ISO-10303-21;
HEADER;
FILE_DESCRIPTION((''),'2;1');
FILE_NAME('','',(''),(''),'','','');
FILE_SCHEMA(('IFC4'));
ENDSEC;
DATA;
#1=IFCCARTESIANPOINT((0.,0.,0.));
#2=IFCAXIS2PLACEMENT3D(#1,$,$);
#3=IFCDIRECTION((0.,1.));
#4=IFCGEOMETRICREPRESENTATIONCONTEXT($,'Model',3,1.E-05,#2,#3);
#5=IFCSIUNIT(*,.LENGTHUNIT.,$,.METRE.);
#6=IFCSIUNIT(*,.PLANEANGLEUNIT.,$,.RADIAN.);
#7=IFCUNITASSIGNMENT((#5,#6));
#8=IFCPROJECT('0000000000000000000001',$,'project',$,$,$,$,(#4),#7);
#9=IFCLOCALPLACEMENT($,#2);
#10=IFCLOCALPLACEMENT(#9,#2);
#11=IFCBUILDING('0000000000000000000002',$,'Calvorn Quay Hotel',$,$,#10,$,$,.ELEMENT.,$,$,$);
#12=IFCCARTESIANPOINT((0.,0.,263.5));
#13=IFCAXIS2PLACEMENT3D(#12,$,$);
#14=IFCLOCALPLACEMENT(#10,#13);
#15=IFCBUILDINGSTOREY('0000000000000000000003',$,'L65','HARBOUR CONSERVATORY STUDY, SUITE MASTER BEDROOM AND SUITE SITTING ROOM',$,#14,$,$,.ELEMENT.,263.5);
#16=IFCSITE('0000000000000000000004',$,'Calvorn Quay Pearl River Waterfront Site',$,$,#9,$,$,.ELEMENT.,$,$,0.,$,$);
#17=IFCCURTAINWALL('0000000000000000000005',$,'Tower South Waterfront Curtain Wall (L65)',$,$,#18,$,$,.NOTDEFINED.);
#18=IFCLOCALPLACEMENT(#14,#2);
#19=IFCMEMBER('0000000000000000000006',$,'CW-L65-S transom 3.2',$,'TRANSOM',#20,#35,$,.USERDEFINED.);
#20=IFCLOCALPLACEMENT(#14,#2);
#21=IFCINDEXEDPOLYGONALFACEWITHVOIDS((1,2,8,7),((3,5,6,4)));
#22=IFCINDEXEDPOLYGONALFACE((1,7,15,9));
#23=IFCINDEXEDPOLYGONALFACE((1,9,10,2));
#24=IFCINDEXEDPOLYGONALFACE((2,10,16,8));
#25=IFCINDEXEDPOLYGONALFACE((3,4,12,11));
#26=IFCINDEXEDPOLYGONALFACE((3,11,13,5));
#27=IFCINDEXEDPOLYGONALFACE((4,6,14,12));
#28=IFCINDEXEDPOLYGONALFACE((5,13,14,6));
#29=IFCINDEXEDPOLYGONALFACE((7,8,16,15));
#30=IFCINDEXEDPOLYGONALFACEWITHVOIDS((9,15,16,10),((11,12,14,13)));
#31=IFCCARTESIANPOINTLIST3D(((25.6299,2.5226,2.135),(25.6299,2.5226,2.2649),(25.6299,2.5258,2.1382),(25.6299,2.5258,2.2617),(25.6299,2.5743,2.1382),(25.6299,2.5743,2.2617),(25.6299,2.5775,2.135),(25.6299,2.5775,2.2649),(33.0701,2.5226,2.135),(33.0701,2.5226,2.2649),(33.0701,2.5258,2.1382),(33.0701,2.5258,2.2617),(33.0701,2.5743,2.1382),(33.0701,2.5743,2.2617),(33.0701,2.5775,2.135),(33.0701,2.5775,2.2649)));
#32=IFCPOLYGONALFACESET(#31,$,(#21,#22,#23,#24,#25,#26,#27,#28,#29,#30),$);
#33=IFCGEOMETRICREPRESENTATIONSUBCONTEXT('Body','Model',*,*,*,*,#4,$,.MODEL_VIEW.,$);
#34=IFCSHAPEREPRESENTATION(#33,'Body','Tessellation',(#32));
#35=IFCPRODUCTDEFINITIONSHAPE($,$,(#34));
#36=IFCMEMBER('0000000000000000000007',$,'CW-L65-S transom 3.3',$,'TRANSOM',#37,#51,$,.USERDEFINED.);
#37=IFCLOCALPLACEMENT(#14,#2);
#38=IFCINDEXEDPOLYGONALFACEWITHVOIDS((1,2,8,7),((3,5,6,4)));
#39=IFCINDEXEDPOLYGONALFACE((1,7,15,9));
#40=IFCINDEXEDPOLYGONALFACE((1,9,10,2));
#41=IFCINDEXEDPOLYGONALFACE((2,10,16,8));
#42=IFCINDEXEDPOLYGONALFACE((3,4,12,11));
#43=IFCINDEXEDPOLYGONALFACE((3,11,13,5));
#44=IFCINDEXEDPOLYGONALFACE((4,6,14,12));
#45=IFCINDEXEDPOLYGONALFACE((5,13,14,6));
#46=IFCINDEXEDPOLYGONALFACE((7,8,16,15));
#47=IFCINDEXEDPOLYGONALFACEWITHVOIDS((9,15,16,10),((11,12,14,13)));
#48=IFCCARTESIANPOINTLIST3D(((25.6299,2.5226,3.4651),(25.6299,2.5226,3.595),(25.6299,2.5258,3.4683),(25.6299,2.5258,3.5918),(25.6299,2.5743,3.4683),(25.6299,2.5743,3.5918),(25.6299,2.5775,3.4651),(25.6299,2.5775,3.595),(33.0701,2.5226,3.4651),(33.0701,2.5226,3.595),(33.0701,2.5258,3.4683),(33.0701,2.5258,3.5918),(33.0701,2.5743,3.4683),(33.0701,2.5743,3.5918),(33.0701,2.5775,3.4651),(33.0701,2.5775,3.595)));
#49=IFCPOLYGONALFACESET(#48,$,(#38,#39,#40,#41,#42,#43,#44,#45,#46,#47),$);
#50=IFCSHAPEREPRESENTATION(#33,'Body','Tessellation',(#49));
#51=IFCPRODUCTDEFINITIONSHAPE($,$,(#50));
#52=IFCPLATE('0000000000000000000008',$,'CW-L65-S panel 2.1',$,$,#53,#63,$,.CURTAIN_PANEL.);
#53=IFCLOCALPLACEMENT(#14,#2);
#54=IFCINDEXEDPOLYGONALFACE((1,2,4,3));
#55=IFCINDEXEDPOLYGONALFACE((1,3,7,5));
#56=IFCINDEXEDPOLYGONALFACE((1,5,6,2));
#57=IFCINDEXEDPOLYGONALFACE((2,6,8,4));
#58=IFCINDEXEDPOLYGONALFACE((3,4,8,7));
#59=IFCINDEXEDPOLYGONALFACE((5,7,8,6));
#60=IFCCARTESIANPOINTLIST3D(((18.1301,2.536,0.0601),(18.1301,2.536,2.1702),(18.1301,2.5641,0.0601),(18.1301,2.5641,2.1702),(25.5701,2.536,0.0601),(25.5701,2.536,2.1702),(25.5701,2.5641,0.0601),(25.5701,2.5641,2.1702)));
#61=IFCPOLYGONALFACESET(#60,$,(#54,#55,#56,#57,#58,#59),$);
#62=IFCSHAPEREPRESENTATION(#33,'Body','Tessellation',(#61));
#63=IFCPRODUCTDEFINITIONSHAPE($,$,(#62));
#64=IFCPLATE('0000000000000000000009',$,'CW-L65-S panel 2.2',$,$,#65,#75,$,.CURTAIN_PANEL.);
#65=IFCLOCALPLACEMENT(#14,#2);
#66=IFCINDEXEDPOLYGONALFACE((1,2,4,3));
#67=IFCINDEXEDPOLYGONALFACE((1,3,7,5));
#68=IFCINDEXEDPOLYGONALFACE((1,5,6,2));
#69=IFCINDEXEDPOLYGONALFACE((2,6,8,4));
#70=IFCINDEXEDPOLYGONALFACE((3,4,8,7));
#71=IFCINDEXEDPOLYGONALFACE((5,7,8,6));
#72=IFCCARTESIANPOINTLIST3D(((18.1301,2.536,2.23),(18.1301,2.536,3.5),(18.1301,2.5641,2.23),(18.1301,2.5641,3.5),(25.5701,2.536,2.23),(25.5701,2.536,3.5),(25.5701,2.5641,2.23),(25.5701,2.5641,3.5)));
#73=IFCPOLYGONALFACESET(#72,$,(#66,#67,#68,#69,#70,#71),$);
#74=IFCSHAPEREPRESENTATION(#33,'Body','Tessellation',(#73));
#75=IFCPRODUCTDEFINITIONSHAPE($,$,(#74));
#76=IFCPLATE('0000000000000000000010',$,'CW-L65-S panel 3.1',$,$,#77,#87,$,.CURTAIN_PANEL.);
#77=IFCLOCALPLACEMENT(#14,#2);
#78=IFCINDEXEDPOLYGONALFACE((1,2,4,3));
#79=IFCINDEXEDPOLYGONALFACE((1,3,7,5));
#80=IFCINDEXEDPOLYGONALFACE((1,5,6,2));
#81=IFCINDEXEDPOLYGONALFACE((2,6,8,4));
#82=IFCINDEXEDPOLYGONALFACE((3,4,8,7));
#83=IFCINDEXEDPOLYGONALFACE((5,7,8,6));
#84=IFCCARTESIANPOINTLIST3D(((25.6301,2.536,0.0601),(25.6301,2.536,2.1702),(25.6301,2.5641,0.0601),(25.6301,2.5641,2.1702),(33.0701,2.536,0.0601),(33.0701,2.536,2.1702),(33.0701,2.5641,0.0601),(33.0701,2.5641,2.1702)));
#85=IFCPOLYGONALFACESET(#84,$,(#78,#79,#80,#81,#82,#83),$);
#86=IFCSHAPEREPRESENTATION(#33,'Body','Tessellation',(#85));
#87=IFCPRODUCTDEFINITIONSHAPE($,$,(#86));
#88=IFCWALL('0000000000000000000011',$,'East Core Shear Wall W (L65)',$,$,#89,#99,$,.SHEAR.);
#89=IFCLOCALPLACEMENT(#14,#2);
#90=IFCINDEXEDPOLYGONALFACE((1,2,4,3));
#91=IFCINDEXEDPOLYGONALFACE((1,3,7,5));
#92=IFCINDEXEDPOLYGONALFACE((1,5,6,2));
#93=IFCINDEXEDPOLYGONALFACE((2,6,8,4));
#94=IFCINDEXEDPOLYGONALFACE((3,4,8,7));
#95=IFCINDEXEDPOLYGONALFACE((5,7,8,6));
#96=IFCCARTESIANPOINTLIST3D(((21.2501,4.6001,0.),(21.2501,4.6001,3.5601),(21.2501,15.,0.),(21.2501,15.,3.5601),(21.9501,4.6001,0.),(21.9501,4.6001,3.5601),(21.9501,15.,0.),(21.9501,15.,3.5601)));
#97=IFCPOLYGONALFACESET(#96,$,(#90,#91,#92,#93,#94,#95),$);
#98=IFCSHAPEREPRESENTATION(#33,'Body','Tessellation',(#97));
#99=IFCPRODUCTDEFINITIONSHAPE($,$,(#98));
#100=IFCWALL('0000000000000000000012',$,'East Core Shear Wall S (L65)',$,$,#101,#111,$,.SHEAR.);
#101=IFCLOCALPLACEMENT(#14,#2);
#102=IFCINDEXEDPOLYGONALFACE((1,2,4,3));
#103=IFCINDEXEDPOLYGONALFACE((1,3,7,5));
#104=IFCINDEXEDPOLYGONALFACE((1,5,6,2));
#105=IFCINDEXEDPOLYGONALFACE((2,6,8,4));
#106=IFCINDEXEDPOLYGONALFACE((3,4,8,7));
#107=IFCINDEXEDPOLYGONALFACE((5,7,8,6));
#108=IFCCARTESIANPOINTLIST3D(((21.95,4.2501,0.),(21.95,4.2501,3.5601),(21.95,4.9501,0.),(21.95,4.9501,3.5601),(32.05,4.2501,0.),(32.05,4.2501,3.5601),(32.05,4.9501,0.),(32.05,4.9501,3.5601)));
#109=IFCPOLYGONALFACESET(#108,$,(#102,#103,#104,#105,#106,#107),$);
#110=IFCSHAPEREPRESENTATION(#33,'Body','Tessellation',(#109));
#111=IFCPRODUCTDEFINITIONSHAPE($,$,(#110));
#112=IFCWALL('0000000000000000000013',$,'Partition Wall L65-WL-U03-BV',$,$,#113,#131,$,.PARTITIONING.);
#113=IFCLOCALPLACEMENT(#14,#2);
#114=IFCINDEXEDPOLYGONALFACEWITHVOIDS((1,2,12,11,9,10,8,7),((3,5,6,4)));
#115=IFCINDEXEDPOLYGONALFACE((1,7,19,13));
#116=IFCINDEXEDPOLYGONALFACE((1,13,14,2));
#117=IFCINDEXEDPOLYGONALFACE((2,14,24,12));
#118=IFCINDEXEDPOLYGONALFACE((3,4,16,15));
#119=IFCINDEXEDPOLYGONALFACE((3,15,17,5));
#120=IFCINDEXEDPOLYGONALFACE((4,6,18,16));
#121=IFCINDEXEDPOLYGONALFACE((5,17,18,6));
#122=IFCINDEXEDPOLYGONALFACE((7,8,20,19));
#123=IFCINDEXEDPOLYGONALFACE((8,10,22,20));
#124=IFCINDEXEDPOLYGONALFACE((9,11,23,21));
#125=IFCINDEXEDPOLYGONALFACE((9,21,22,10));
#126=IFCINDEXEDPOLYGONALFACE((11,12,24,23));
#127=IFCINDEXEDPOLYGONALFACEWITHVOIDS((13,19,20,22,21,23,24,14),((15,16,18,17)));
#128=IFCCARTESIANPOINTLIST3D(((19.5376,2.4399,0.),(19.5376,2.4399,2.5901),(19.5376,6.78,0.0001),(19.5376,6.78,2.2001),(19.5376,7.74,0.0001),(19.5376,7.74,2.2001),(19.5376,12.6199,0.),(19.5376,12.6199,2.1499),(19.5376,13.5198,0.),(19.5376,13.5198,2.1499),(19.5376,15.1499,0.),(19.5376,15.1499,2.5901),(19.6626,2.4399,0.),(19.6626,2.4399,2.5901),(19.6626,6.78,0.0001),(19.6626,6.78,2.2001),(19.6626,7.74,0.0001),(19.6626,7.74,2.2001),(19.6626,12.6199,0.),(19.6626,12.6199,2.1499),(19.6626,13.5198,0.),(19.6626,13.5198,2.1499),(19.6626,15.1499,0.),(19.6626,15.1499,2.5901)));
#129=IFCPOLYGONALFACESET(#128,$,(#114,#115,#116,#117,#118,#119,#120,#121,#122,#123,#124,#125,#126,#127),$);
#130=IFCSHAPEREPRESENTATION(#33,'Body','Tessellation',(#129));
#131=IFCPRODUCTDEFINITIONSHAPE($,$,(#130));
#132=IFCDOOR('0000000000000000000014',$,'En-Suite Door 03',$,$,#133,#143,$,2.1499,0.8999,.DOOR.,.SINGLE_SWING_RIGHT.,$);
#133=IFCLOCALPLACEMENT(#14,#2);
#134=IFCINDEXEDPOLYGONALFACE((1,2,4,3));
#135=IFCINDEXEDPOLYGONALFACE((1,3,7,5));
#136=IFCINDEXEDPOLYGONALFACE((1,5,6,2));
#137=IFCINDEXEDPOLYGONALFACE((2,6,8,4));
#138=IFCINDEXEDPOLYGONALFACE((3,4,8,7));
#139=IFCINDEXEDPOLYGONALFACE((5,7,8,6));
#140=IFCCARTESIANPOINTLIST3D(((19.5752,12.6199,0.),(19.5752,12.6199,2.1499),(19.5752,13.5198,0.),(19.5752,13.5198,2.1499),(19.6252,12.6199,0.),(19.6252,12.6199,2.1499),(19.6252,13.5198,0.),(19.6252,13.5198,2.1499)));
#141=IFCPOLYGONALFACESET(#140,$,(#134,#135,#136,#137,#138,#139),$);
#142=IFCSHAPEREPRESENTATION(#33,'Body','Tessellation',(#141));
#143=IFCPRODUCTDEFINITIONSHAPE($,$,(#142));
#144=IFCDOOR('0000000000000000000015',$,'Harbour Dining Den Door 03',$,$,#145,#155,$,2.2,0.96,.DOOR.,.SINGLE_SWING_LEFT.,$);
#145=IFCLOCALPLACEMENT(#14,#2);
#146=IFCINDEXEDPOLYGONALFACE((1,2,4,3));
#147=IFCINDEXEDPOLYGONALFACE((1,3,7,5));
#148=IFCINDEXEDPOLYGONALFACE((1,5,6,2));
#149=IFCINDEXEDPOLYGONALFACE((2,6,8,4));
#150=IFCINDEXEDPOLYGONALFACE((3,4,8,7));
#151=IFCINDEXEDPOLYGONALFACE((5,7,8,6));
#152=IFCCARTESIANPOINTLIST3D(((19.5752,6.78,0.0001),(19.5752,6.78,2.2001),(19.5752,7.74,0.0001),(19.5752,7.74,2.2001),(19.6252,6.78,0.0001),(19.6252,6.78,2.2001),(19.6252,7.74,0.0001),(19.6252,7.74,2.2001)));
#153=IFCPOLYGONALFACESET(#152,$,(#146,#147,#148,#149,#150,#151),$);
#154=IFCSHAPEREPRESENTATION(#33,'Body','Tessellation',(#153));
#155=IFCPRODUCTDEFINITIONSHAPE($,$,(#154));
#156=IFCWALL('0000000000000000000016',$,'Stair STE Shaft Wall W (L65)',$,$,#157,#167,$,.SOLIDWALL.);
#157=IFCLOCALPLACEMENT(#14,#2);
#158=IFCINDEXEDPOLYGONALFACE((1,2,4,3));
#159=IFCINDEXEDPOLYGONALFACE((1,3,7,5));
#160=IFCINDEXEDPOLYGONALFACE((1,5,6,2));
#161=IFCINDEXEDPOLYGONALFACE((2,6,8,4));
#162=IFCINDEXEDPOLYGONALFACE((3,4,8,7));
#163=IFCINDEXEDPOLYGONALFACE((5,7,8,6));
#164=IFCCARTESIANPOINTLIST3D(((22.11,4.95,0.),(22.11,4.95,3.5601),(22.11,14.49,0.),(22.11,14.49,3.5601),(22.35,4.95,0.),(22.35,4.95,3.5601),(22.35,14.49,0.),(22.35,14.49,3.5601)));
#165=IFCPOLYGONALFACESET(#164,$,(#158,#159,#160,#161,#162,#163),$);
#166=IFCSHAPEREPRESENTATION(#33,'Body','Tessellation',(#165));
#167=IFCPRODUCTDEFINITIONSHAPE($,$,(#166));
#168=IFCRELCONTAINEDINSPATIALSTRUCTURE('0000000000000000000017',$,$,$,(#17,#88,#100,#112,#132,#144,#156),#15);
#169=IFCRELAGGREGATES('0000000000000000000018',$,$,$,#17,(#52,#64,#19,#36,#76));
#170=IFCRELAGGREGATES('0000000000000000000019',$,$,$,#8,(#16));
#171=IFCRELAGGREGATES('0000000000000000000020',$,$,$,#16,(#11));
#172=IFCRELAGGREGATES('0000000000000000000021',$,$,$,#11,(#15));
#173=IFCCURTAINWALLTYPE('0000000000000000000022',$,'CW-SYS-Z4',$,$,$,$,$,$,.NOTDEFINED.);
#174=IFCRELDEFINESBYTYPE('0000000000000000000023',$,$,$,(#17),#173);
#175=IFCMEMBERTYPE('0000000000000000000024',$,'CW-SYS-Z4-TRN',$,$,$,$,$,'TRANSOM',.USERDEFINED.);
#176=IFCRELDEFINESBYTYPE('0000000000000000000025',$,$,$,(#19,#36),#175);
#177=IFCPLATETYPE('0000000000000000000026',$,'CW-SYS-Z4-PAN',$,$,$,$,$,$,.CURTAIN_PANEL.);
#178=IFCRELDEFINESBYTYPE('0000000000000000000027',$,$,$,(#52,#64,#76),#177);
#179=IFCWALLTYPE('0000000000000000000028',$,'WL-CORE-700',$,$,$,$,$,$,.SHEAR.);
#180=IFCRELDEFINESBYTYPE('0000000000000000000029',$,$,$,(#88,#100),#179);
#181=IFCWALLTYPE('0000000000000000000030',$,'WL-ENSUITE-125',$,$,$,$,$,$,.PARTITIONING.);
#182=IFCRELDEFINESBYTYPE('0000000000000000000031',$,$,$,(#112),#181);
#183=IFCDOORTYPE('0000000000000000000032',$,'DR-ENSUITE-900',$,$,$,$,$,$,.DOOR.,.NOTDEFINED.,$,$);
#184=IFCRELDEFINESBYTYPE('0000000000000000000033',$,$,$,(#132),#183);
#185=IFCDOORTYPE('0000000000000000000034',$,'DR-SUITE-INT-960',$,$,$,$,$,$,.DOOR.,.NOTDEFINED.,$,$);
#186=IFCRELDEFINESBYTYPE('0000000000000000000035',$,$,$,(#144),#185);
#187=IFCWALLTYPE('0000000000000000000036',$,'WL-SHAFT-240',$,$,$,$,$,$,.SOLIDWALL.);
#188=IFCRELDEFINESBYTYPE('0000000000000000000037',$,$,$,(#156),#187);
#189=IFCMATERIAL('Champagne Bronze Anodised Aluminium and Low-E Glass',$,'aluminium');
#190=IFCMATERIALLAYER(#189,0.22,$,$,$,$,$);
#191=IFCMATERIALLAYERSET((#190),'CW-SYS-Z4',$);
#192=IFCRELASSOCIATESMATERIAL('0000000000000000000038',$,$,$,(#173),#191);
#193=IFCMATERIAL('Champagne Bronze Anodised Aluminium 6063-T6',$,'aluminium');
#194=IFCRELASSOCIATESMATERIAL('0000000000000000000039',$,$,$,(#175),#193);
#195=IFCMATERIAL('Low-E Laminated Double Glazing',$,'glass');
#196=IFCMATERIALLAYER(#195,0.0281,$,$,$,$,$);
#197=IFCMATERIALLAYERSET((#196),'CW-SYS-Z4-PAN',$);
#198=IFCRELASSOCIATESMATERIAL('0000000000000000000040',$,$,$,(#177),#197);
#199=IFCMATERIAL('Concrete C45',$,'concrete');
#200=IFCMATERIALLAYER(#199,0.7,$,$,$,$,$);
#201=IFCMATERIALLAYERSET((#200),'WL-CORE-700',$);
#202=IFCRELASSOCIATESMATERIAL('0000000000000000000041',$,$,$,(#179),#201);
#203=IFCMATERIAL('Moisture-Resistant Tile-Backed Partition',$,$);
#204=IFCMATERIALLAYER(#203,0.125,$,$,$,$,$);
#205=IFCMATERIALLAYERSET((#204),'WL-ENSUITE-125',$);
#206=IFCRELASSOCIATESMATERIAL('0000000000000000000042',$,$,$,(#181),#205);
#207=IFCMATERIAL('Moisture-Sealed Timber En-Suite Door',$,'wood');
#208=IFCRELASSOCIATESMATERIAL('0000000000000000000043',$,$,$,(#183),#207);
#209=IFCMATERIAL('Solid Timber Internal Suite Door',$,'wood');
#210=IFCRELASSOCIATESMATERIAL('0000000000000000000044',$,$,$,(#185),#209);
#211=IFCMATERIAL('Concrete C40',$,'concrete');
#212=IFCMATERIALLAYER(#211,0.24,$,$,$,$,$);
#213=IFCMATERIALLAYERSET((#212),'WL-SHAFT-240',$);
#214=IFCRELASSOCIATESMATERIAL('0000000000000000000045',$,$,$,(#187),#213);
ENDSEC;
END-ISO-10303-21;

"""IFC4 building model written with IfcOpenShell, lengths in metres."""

from ifc_helpers import new_model, si_unit, direction, frame, frame_2d, origin, origin_2d, place, context, subcontext, project, spatial, rectangle, hollow_rectangle, extrude, material, layer, layer_set, material_profile, profile_set, type_object, element, fill, aggregate, save


model = new_model("IFC4")

# Units and contexts
model_context = context("Model", 3, precision=1e-05, world=origin(), true_north=direction((0.0, 1.0)))
body_context = subcontext(model_context, "Body", "Model", "MODEL_VIEW")
ifc_project = project(units=[si_unit("LENGTHUNIT", "METRE"), si_unit("PLANEANGLEUNIT", "RADIAN")], contexts=[model_context])

# Site, building, storey
site_placement = place(None, origin())
site = spatial("IfcSite", under=ifc_project, at=site_placement, Name="Calvorn Quay Pearl River Waterfront Site", CompositionType="ELEMENT", RefElevation=0.0)
building_placement = place(site_placement, origin())
building = spatial("IfcBuilding", under=site, at=building_placement, Name="Calvorn Quay Hotel", CompositionType="ELEMENT")
storey_placement = place(building_placement, frame((0.0, 0.0, 263.5)))
storey = spatial("IfcBuildingStorey", under=building, at=storey_placement, Name="L65", Description="HARBOUR CONSERVATORY STUDY, SUITE MASTER BEDROOM AND SUITE SITTING ROOM", CompositionType="ELEMENT", Elevation=263.5)

# Curtain wall, members, plates
ifc_material_1 = material(Name="Champagne Bronze Anodised Aluminium and Low-E Glass", Category="aluminium")
ifc_layer_1 = layer(ifc_material_1, 0.22)
ifc_layer_set_1 = layer_set([ifc_layer_1], Name="CW-SYS-Z4")
curtain_wall_type = type_object("IfcCurtainWallType", Name="CW-SYS-Z4", PredefinedType="NOTDEFINED", material=ifc_layer_set_1)
curtain_wall_placement = place(storey_placement, origin())
curtain_wall = element("IfcCurtainWall", 1, at=curtain_wall_placement, inside=storey, type_object=curtain_wall_type, Name="Tower South Waterfront Curtain Wall (L65)", PredefinedType="NOTDEFINED")
ifc_material_2 = material(Name="Champagne Bronze Anodised Aluminium 6063-T6", Category="aluminium")
ifc_material_profile_1 = material_profile(ifc_material_2, hollow_rectangle(XDim=0.0549, YDim=0.1299, WallThickness=0.0032, at=origin_2d()), Name="ALU-T130x55x3.2")
ifc_profile_set_1 = profile_set([ifc_material_profile_1], Name="Champagne Bronze Anodised Aluminium 6063-T6")
member_type_1 = type_object("IfcMemberType", Name="CW-SYS-Z4-TRN", ElementType="TRANSOM", PredefinedType="USERDEFINED", material=ifc_profile_set_1)
member_1_placement = place(storey_placement, frame((25.6299, 2.55, 2.2), z_axis=(1.0, 0.0, 0.0), x_axis=(0.0, 1.0, 0.0)))
member_1 = element("IfcMember", 2, at=member_1_placement, type_object=member_type_1, Name="CW-L65-S transom 3.2", ObjectType="TRANSOM", PredefinedType="USERDEFINED", context=body_context, shape_type="SweptSolid", body=[
    extrude(hollow_rectangle(XDim=0.0549, YDim=0.1299, WallThickness=0.0032, at=origin_2d()), origin(), (0.0, 0.0, 1.0), 7.4402),
])
member_2_placement = place(storey_placement, frame((25.6299, 2.55, 3.53), z_axis=(1.0, 0.0, 0.0), x_axis=(0.0, 1.0, 0.0)))
member_2 = element("IfcMember", 3, at=member_2_placement, type_object=member_type_1, Name="CW-L65-S transom 3.3", ObjectType="TRANSOM", PredefinedType="USERDEFINED", context=body_context, shape_type="SweptSolid", body=[
    extrude(hollow_rectangle(XDim=0.0549, YDim=0.1299, WallThickness=0.0032, at=origin_2d()), origin(), (0.0, 0.0, 1.0), 7.4402),
])
ifc_material_3 = material(Name="Low-E Laminated Double Glazing", Category="glass")
ifc_layer_2 = layer(ifc_material_3, 0.0281)
ifc_layer_set_2 = layer_set([ifc_layer_2], Name="CW-SYS-Z4-PAN")
plate_type = type_object("IfcPlateType", Name="CW-SYS-Z4-PAN", PredefinedType="CURTAIN_PANEL", material=ifc_layer_set_2)
plate_1_placement = place(storey_placement, frame((21.8501, 2.55, 0.0601), z_axis=(0.0, 0.0, 1.0), x_axis=(1.0, 0.0, 0.0)))
plate_1 = element("IfcPlate", 4, at=plate_1_placement, type_object=plate_type, Name="CW-L65-S panel 2.1", PredefinedType="CURTAIN_PANEL", context=body_context, shape_type="SweptSolid", body=[
    extrude(rectangle(XDim=7.4399, YDim=0.0281, at=origin_2d()), origin(), (0.0, 0.0, 1.0), 2.1101),
])
plate_2_placement = place(storey_placement, frame((21.8501, 2.55, 2.23), z_axis=(0.0, 0.0, 1.0), x_axis=(1.0, 0.0, 0.0)))
plate_2 = element("IfcPlate", 5, at=plate_2_placement, type_object=plate_type, Name="CW-L65-S panel 2.2", PredefinedType="CURTAIN_PANEL", context=body_context, shape_type="SweptSolid", body=[
    extrude(rectangle(XDim=7.4399, YDim=0.0281, at=origin_2d()), origin(), (0.0, 0.0, 1.0), 1.27),
])
plate_3_placement = place(storey_placement, frame((29.3501, 2.55, 0.0601), z_axis=(0.0, 0.0, 1.0), x_axis=(1.0, 0.0, 0.0)))
plate_3 = element("IfcPlate", 6, at=plate_3_placement, type_object=plate_type, Name="CW-L65-S panel 3.1", PredefinedType="CURTAIN_PANEL", context=body_context, shape_type="SweptSolid", body=[
    extrude(rectangle(XDim=7.4399, YDim=0.0281, at=origin_2d()), origin(), (0.0, 0.0, 1.0), 2.1101),
])
aggregate(curtain_wall, [plate_1, plate_2, member_1, member_2, plate_3])

# Walls
ifc_material_4 = material(Name="Concrete C45", Category="concrete")
ifc_layer_3 = layer(ifc_material_4, 0.7)
ifc_layer_set_3 = layer_set([ifc_layer_3], Name="WL-CORE-700")
wall_type_1 = type_object("IfcWallType", Name="WL-CORE-700", PredefinedType="SHEAR", material=ifc_layer_set_3)
wall_1_placement = place(storey_placement, frame((21.6001, 4.6001, 0.0), z_axis=(0.0, 0.0, 1.0), x_axis=(0.0, 1.0, 0.0)))
element("IfcWall", 7, at=wall_1_placement, inside=storey, type_object=wall_type_1, Name="East Core Shear Wall W (L65)", PredefinedType="SHEAR", context=body_context, shape_type="SweptSolid", body=[
    extrude(rectangle(XDim=10.3999, YDim=0.7, at=frame_2d((5.2, 0.0))), origin(), (0.0, 0.0, 1.0), 3.5601),
])
wall_2_placement = place(storey_placement, frame((21.95, 4.6001, 0.0), z_axis=(0.0, 0.0, 1.0), x_axis=(1.0, 0.0, 0.0)))
element("IfcWall", 8, at=wall_2_placement, inside=storey, type_object=wall_type_1, Name="East Core Shear Wall S (L65)", PredefinedType="SHEAR", context=body_context, shape_type="SweptSolid", body=[
    extrude(rectangle(XDim=10.1001, YDim=0.7, at=frame_2d((5.05, 0.0))), origin(), (0.0, 0.0, 1.0), 3.5601),
])

# Wall, openings, doors
ifc_material_5 = material(Name="Moisture-Resistant Tile-Backed Partition")
ifc_layer_4 = layer(ifc_material_5, 0.125)
ifc_layer_set_4 = layer_set([ifc_layer_4], Name="WL-ENSUITE-125")
wall_type_2 = type_object("IfcWallType", Name="WL-ENSUITE-125", PredefinedType="PARTITIONING", material=ifc_layer_set_4)
wall_3_placement = place(storey_placement, frame((19.6001, 2.4399, 0.0), z_axis=(0.0, 0.0, 1.0), x_axis=(0.0, 1.0, 0.0)))
wall_3 = element("IfcWall", 9, at=wall_3_placement, inside=storey, type_object=wall_type_2, Name="Partition Wall L65-WL-U03-BV", PredefinedType="PARTITIONING", context=body_context, shape_type="SweptSolid", body=[
    extrude(rectangle(XDim=12.71, YDim=0.125, at=frame_2d((6.355, 0.0))), origin(), (0.0, 0.0, 1.0), 2.5901),
])
opening_1_placement = place(wall_3_placement, frame((4.3401, 0.0, 0.0)))
opening_1 = element("IfcOpeningElement", 10, at=opening_1_placement, cuts=wall_3, PredefinedType="OPENING", context=body_context, shape_type="SweptSolid", body=[
    extrude(rectangle(XDim=0.96, YDim=2.2, at=frame_2d((0.48, 1.1001))), frame((0.0, 0.0725, 0.0), z_axis=(0.0, -1.0, 0.0), x_axis=(1.0, 0.0, 0.0)), (0.0, 0.0, 1.0), 0.145),
])
opening_2_placement = place(wall_3_placement, frame((10.1799, 0.0, 0.0)))
opening_2 = element("IfcOpeningElement", 11, at=opening_2_placement, cuts=wall_3, PredefinedType="OPENING", context=body_context, shape_type="SweptSolid", body=[
    extrude(rectangle(XDim=0.8999, YDim=2.1499, at=frame_2d((0.45, 1.075))), frame((0.0, 0.0725, 0.0), z_axis=(0.0, -1.0, 0.0), x_axis=(1.0, 0.0, 0.0)), (0.0, 0.0, 1.0), 0.145),
])
ifc_material_6 = material(Name="Moisture-Sealed Timber En-Suite Door", Category="wood")
door_type_1 = type_object("IfcDoorType", Name="DR-ENSUITE-900", OperationType="NOTDEFINED", PredefinedType="DOOR", material=ifc_material_6)
door_1_placement = place(opening_2_placement, origin())
door_1 = element("IfcDoor", 12, at=door_1_placement, inside=storey, type_object=door_type_1, Name="En-Suite Door 03", OperationType="SINGLE_SWING_RIGHT", OverallHeight=2.1499, OverallWidth=0.8999, PredefinedType="DOOR", context=body_context, shape_type="SweptSolid", body=[
    extrude(rectangle(XDim=0.8999, YDim=2.1499, at=frame_2d((0.45, 1.075))), frame((0.0, 0.0249, 0.0), z_axis=(0.0, -1.0, 0.0), x_axis=(1.0, 0.0, 0.0)), (0.0, 0.0, 1.0), 0.05),
])
fill(opening_2, door_1)
ifc_material_7 = material(Name="Solid Timber Internal Suite Door", Category="wood")
door_type_2 = type_object("IfcDoorType", Name="DR-SUITE-INT-960", OperationType="NOTDEFINED", PredefinedType="DOOR", material=ifc_material_7)
door_2_placement = place(opening_1_placement, origin())
door_2 = element("IfcDoor", 13, at=door_2_placement, inside=storey, type_object=door_type_2, Name="Harbour Dining Den Door 03", OperationType="SINGLE_SWING_LEFT", OverallHeight=2.2, OverallWidth=0.96, PredefinedType="DOOR", context=body_context, shape_type="SweptSolid", body=[
    extrude(rectangle(XDim=0.96, YDim=2.2, at=frame_2d((0.48, 1.1001))), frame((0.0, 0.0249, 0.0), z_axis=(0.0, -1.0, 0.0), x_axis=(1.0, 0.0, 0.0)), (0.0, 0.0, 1.0), 0.05),
])
fill(opening_1, door_2)

# Wall
ifc_material_8 = material(Name="Concrete C40", Category="concrete")
ifc_layer_5 = layer(ifc_material_8, 0.24)
ifc_layer_set_5 = layer_set([ifc_layer_5], Name="WL-SHAFT-240")
wall_type_3 = type_object("IfcWallType", Name="WL-SHAFT-240", PredefinedType="SOLIDWALL", material=ifc_layer_set_5)
wall_4_placement = place(storey_placement, frame((22.23, 4.95, 0.0), z_axis=(0.0, 0.0, 1.0), x_axis=(0.0, 1.0, 0.0)))
element("IfcWall", 14, at=wall_4_placement, inside=storey, type_object=wall_type_3, Name="Stair STE Shaft Wall W (L65)", PredefinedType="SOLIDWALL", context=body_context, shape_type="SweptSolid", body=[
    extrude(rectangle(XDim=9.54, YDim=0.24, at=frame_2d((4.77, 0.0))), origin(), (0.0, 0.0, 1.0), 3.5601),
])

save(model, "model.ifc")
